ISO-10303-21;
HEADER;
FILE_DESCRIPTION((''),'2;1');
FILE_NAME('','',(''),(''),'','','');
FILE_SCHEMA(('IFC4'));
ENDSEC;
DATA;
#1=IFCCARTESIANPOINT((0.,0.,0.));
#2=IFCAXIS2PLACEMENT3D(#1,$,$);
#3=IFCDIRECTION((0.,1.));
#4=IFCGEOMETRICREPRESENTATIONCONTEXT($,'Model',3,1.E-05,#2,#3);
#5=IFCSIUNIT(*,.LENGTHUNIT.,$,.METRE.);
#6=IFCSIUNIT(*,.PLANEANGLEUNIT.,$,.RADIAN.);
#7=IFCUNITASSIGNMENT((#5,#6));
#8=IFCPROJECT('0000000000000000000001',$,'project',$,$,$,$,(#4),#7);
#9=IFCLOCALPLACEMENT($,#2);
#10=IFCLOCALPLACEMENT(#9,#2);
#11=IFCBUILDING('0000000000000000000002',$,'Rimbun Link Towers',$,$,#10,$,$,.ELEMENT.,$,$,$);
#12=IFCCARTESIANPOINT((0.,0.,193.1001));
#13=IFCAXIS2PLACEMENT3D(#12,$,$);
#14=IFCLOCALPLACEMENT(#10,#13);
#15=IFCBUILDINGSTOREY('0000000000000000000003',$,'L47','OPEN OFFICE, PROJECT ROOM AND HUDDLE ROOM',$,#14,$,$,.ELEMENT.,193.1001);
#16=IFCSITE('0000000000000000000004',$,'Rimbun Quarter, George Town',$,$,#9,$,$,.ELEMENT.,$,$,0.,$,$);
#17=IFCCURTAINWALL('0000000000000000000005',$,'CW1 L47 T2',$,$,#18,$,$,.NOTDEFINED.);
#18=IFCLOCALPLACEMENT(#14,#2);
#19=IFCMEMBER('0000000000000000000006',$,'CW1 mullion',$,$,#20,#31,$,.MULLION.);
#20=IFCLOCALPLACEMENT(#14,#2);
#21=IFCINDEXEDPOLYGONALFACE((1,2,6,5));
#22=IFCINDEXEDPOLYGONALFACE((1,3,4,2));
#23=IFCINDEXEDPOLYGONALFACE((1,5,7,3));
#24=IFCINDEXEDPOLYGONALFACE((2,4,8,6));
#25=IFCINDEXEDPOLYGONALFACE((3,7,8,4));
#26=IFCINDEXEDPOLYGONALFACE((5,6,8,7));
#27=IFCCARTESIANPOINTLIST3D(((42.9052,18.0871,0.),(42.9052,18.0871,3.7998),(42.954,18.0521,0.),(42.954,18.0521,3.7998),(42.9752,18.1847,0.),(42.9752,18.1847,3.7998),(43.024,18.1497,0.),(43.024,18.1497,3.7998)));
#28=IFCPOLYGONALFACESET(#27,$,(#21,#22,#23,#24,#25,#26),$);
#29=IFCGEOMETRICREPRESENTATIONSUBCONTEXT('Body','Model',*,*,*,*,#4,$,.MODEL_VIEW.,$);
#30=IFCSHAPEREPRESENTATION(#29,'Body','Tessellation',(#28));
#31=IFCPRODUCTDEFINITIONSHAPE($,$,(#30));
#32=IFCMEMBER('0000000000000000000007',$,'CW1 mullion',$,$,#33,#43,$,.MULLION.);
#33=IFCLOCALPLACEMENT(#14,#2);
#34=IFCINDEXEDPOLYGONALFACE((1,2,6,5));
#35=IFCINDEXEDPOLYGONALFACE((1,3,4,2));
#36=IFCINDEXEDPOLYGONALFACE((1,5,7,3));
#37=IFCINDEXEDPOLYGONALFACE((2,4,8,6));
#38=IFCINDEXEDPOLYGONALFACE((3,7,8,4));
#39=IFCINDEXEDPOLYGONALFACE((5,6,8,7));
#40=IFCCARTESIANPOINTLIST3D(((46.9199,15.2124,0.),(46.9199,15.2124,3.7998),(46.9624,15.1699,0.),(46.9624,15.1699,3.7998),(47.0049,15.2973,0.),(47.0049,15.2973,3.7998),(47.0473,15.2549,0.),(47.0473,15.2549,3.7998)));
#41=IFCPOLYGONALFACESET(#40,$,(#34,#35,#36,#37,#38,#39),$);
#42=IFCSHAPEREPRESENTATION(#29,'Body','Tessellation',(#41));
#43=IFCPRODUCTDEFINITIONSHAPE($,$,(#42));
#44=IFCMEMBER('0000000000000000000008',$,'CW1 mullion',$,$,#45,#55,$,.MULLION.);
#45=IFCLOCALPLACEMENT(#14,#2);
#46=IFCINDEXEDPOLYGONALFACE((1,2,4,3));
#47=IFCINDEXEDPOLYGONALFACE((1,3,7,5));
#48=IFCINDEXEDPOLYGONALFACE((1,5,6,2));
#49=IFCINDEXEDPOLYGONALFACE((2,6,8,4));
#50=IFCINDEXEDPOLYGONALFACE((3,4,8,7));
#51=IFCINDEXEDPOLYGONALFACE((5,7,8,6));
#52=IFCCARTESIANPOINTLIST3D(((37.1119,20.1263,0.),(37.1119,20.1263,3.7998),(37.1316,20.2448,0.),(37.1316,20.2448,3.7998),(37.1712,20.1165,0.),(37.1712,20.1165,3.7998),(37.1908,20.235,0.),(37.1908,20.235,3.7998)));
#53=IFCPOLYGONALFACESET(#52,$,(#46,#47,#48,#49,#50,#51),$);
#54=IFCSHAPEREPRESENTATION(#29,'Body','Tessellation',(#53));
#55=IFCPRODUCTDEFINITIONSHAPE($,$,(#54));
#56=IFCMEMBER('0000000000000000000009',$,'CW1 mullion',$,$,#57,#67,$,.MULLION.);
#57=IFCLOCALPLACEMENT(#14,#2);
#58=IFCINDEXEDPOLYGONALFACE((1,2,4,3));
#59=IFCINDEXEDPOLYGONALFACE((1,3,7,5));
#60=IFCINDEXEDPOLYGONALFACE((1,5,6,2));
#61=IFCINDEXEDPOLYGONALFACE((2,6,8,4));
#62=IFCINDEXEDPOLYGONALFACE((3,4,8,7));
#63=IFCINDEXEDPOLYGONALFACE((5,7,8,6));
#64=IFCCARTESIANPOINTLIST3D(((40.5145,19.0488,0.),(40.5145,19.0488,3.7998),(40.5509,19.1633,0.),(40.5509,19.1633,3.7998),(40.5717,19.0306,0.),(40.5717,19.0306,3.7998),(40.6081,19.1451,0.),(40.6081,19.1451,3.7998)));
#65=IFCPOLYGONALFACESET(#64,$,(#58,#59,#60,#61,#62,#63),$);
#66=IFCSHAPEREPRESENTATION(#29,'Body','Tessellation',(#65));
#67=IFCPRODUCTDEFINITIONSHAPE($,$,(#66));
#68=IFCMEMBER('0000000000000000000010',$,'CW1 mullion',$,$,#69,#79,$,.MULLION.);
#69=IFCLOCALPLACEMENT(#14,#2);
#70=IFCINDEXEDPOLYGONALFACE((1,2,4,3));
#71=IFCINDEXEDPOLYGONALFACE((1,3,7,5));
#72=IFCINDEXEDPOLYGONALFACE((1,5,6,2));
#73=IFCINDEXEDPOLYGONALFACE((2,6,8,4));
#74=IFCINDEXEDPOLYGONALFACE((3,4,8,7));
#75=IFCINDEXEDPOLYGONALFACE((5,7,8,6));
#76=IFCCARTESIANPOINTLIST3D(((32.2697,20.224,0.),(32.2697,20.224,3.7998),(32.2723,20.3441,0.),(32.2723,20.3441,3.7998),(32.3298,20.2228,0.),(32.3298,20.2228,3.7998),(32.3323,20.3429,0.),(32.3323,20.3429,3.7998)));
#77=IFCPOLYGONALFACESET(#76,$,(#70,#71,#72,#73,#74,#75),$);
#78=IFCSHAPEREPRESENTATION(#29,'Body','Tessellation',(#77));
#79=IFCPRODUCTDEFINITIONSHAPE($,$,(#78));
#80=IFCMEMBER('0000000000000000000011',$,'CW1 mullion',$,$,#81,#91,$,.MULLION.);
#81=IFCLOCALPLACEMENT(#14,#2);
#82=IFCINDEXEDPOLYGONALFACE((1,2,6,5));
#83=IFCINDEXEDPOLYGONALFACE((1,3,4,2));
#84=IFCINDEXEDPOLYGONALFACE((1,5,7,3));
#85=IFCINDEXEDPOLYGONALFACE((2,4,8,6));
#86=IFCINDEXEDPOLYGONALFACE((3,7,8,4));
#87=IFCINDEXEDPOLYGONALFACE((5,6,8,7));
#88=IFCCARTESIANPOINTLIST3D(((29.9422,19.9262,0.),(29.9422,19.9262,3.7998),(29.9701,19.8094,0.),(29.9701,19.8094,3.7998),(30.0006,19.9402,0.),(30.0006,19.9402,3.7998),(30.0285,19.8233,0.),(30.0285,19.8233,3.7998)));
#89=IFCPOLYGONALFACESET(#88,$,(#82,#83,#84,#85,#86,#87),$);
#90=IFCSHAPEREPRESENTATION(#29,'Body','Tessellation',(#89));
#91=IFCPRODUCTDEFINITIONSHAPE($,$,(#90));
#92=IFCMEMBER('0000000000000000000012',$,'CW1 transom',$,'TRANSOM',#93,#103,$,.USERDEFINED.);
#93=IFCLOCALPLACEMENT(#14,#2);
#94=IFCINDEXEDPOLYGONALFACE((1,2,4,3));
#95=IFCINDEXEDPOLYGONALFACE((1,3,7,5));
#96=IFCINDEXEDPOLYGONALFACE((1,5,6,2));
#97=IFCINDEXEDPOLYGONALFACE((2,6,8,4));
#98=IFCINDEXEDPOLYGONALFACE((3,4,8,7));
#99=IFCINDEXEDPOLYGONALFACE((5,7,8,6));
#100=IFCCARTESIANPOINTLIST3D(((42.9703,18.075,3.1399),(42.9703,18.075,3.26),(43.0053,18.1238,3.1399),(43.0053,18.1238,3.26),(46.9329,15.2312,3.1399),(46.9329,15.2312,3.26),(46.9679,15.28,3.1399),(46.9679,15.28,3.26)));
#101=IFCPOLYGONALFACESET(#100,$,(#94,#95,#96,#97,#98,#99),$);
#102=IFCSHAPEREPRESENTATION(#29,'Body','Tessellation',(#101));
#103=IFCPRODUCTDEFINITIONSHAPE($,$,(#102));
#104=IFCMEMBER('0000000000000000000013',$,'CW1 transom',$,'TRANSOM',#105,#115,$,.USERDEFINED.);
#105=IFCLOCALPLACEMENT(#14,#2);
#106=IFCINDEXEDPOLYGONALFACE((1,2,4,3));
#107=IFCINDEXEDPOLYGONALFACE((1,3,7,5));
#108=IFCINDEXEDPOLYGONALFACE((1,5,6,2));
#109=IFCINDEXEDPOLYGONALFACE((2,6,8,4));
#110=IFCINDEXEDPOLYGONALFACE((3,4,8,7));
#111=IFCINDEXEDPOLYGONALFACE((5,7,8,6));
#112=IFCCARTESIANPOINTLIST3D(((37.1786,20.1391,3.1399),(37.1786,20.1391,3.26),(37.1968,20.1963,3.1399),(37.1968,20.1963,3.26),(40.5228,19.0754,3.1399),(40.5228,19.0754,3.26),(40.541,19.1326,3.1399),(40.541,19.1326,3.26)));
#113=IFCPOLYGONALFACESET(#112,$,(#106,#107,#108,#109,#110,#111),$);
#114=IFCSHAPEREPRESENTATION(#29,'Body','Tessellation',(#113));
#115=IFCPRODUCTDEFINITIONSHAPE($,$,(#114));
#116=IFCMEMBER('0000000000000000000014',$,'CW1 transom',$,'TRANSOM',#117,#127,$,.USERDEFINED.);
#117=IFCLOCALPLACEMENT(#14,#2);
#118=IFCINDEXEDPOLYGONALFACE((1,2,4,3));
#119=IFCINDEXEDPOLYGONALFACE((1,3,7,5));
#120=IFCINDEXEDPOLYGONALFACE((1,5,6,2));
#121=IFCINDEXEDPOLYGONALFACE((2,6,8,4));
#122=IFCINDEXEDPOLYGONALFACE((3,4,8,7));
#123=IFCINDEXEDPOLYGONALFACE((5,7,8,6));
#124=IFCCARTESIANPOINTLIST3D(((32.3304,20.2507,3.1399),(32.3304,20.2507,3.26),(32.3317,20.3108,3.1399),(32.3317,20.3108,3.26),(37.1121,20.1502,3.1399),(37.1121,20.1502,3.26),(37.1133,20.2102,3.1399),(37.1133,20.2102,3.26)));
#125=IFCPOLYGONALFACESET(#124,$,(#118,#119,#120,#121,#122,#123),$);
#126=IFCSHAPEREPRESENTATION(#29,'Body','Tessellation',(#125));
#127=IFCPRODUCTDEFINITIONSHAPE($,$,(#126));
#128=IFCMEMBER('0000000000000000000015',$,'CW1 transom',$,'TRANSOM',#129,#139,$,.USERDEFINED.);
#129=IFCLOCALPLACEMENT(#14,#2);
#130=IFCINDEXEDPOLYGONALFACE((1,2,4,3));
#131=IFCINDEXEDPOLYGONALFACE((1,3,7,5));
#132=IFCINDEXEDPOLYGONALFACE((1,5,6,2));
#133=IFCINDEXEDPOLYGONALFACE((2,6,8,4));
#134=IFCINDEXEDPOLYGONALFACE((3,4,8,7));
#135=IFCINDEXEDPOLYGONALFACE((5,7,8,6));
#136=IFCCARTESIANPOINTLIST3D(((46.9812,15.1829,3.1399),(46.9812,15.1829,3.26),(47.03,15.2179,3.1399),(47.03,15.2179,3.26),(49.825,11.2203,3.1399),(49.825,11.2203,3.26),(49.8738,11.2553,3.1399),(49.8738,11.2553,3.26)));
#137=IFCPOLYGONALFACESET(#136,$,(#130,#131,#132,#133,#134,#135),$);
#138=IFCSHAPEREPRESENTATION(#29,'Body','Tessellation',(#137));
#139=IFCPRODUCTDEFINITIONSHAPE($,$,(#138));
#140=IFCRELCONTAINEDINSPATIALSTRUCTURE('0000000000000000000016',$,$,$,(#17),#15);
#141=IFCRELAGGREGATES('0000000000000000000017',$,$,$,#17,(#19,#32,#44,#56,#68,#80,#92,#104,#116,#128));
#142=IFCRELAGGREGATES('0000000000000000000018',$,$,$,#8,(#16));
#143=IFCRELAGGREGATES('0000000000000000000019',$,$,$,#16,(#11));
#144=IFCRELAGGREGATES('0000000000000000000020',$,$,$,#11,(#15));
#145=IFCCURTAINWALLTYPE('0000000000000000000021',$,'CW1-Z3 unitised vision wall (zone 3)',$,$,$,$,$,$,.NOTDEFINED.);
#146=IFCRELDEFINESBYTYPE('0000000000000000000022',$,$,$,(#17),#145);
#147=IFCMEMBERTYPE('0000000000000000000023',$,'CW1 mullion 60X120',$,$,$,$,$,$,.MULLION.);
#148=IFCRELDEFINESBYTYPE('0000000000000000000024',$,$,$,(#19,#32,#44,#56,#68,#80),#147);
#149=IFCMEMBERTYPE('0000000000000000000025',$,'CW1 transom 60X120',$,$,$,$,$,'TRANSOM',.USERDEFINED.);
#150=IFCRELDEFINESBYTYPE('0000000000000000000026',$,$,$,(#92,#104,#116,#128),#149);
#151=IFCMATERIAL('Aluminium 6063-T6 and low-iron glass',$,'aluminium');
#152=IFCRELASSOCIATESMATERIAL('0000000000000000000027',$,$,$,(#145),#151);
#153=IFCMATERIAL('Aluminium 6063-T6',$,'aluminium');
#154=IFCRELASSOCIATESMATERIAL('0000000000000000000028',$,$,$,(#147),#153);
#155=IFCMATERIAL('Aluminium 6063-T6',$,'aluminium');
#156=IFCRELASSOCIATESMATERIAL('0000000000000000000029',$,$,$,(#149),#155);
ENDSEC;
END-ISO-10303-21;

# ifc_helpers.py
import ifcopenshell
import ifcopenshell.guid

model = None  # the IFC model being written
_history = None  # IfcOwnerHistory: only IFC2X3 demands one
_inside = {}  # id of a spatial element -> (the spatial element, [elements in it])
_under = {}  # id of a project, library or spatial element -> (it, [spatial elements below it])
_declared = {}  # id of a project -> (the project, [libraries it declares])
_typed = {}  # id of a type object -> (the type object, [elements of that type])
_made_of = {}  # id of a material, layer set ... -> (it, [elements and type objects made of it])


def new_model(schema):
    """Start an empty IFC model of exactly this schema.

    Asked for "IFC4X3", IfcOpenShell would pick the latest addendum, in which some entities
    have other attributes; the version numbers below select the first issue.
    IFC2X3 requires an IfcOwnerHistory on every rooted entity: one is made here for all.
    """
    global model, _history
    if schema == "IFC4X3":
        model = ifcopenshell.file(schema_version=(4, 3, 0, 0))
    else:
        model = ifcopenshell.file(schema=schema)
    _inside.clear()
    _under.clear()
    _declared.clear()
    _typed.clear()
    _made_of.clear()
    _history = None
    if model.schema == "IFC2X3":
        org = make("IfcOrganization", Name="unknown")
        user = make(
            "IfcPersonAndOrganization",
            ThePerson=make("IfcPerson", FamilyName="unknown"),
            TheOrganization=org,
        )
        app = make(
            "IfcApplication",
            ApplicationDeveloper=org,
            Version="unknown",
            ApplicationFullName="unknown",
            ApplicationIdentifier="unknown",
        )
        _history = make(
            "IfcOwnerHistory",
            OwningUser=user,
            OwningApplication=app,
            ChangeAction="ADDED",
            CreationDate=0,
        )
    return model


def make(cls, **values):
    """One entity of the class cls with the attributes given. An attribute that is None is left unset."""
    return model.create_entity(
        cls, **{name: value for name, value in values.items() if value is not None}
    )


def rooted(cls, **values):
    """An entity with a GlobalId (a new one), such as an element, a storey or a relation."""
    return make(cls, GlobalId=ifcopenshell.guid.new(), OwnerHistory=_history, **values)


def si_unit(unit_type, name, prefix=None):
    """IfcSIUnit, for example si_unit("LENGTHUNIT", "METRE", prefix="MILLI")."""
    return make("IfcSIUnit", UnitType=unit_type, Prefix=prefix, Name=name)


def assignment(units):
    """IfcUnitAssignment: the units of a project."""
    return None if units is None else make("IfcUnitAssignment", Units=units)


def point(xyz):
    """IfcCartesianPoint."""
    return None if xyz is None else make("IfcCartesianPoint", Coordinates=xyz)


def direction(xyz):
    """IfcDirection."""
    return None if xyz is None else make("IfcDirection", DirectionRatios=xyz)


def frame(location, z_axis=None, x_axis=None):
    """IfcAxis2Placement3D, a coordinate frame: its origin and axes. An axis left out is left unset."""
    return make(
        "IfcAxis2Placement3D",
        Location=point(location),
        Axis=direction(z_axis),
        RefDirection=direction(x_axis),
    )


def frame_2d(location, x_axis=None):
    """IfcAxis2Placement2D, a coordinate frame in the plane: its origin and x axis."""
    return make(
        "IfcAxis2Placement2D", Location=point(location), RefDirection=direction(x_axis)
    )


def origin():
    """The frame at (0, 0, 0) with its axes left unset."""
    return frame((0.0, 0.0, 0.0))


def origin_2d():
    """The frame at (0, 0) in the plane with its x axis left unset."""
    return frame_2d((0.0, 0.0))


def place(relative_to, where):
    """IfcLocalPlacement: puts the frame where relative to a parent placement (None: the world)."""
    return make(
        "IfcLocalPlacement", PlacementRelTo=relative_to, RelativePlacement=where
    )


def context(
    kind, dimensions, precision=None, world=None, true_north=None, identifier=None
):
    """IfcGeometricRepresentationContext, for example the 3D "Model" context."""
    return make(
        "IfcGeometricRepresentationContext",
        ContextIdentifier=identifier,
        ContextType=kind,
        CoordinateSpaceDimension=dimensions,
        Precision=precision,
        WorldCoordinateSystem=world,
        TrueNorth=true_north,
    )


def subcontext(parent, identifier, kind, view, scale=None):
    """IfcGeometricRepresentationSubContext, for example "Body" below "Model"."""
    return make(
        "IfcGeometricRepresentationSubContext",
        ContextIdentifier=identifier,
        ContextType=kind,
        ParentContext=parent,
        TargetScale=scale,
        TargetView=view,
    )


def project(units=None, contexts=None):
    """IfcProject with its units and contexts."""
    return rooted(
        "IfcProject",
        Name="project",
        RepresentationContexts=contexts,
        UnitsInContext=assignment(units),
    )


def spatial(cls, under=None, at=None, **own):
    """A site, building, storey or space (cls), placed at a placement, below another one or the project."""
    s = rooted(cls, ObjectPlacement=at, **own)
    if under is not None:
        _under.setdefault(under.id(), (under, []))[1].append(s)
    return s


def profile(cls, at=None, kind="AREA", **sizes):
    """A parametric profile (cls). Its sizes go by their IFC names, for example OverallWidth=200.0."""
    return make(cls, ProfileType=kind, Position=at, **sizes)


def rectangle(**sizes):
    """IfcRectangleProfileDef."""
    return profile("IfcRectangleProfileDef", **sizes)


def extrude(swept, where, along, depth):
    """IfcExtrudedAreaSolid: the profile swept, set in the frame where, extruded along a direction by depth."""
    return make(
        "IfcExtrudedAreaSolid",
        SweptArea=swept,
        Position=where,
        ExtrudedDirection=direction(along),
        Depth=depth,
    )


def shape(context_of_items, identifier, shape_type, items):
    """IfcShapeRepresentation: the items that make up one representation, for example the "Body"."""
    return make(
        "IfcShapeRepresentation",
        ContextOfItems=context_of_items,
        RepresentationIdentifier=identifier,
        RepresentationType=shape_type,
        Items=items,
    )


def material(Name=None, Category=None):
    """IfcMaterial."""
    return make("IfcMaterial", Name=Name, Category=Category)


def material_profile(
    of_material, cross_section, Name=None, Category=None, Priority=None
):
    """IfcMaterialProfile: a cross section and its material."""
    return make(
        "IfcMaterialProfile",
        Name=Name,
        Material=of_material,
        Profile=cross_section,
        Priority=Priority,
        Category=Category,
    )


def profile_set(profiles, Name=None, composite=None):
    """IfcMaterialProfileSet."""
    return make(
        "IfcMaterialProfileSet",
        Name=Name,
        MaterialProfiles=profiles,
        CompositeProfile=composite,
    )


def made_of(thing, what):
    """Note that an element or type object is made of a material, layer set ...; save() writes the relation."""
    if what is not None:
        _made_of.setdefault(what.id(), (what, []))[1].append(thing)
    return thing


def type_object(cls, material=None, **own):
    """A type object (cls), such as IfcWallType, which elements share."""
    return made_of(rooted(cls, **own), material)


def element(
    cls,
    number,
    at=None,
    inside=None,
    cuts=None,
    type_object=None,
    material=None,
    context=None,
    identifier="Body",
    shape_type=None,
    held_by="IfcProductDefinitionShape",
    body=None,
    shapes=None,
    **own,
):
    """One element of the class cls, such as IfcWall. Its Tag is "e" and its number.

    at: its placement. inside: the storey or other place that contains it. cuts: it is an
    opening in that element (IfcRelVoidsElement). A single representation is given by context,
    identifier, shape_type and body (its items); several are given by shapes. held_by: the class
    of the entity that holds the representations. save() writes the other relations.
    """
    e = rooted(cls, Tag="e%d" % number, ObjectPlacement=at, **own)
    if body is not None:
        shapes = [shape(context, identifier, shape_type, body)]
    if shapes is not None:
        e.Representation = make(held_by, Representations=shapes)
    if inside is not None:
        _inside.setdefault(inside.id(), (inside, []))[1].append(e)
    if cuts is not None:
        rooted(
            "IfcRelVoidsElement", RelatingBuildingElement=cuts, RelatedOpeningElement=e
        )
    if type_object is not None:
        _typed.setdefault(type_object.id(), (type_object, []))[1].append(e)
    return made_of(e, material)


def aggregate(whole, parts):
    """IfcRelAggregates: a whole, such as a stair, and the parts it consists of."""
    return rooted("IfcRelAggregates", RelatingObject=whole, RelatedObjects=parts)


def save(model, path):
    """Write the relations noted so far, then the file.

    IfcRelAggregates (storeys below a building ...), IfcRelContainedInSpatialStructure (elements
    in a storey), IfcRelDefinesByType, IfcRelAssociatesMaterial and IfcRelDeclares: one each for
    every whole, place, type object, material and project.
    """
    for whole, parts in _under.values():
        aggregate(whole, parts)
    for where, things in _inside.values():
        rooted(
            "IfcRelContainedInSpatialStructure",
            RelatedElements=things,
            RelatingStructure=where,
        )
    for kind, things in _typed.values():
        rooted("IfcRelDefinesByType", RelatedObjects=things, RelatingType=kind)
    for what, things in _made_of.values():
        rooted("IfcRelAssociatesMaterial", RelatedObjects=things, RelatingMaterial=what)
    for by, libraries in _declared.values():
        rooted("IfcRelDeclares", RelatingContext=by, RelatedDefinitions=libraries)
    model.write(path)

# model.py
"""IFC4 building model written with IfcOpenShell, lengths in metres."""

from ifc_helpers import new_model, si_unit, direction, frame, origin, origin_2d, place, context, subcontext, project, spatial, rectangle, extrude, material, material_profile, profile_set, type_object, element, aggregate, save


model = new_model("IFC4")

# Units and contexts
model_context = context("Model", 3, precision=1e-05, world=origin(), true_north=direction((0.0, 1.0)))
body_context = subcontext(model_context, "Body", "Model", "MODEL_VIEW")
ifc_project = project(units=[si_unit("LENGTHUNIT", "METRE"), si_unit("PLANEANGLEUNIT", "RADIAN")], contexts=[model_context])

# Site, building, storey
site_placement = place(None, origin())
site = spatial("IfcSite", under=ifc_project, at=site_placement, Name="Rimbun Quarter, George Town", CompositionType="ELEMENT", RefElevation=0.0)
building_placement = place(site_placement, origin())
building = spatial("IfcBuilding", under=site, at=building_placement, Name="Rimbun Link Towers", CompositionType="ELEMENT")
storey_placement = place(building_placement, frame((0.0, 0.0, 193.1001)))
storey = spatial("IfcBuildingStorey", under=building, at=storey_placement, Name="L47", Description="OPEN OFFICE, PROJECT ROOM AND HUDDLE ROOM", CompositionType="ELEMENT", Elevation=193.1001)

# Curtain wall, members
ifc_material_1 = material(Name="Aluminium 6063-T6 and low-iron glass", Category="aluminium")
curtain_wall_type = type_object("IfcCurtainWallType", Name="CW1-Z3 unitised vision wall (zone 3)", PredefinedType="NOTDEFINED", material=ifc_material_1)
curtain_wall_placement = place(storey_placement, origin())
curtain_wall = element("IfcCurtainWall", 1, at=curtain_wall_placement, inside=storey, type_object=curtain_wall_type, Name="CW1 L47 T2", PredefinedType="NOTDEFINED")
ifc_material_2 = material(Name="Aluminium 6063-T6", Category="aluminium")
ifc_material_profile_1 = material_profile(ifc_material_2, rectangle(XDim=0.1201, YDim=0.0601, at=origin_2d()), Name="MULLION 60X120")
ifc_profile_set_1 = profile_set([ifc_material_profile_1], Name="Aluminium 6063-T6")
member_type_1 = type_object("IfcMemberType", Name="CW1 mullion 60X120", PredefinedType="MULLION", material=ifc_profile_set_1)
member_1_placement = place(storey_placement, frame((42.9646, 18.1184, 0.0), z_axis=(0.0, 0.0, 1.0), x_axis=(0.583009, 0.812465, 0.0)))
member_1 = element("IfcMember", 2, at=member_1_placement, type_object=member_type_1, Name="CW1 mullion", PredefinedType="MULLION", context=body_context, shape_type="SweptSolid", body=[
    extrude(rectangle(XDim=0.1201, YDim=0.0601, at=origin_2d()), origin(), (0.0, 0.0, 1.0), 3.7998),
])
member_2_placement = place(storey_placement, frame((46.9836, 15.2336, 0.0), z_axis=(0.0, 0.0, 1.0), x_axis=(0.707107, 0.707107, 0.0)))
member_2 = element("IfcMember", 3, at=member_2_placement, type_object=member_type_1, Name="CW1 mullion", PredefinedType="MULLION", context=body_context, shape_type="SweptSolid", body=[
    extrude(rectangle(XDim=0.1201, YDim=0.0601, at=origin_2d()), origin(), (0.0, 0.0, 1.0), 3.7998),
])
member_3_placement = place(storey_placement, frame((37.1514, 20.1807, 0.0), z_axis=(0.0, 0.0, 1.0), x_axis=(0.16375, 0.986502, 0.0)))
member_3 = element("IfcMember", 4, at=member_3_placement, type_object=member_type_1, Name="CW1 mullion", PredefinedType="MULLION", context=body_context, shape_type="SweptSolid", body=[
    extrude(rectangle(XDim=0.1201, YDim=0.0601, at=origin_2d()), origin(), (0.0, 0.0, 1.0), 3.7998),
])
member_4_placement = place(storey_placement, frame((40.5613, 19.0969, 0.0), z_axis=(0.0, 0.0, 1.0), x_axis=(0.303071, 0.952968, 0.0)))
member_4 = element("IfcMember", 5, at=member_4_placement, type_object=member_type_1, Name="CW1 mullion", PredefinedType="MULLION", context=body_context, shape_type="SweptSolid", body=[
    extrude(rectangle(XDim=0.1201, YDim=0.0601, at=origin_2d()), origin(), (0.0, 0.0, 1.0), 3.7998),
])
member_5_placement = place(storey_placement, frame((32.301, 20.2834, 0.0), z_axis=(0.0, 0.0, 1.0), x_axis=(0.021066, 0.999778, 0.0)))
member_5 = element("IfcMember", 6, at=member_5_placement, type_object=member_type_1, Name="CW1 mullion", PredefinedType="MULLION", context=body_context, shape_type="SweptSolid", body=[
    extrude(rectangle(XDim=0.1201, YDim=0.0601, at=origin_2d()), origin(), (0.0, 0.0, 1.0), 3.7998),
])
member_6_placement = place(storey_placement, frame((29.9854, 19.8748, 0.0), z_axis=(0.0, 0.0, 1.0), x_axis=(-0.232616, 0.972569, 0.0)))
member_6 = element("IfcMember", 7, at=member_6_placement, type_object=member_type_1, Name="CW1 mullion", PredefinedType="MULLION", context=body_context, shape_type="SweptSolid", body=[
    extrude(rectangle(XDim=0.1201, YDim=0.0601, at=origin_2d()), origin(), (0.0, 0.0, 1.0), 3.7998),
])
ifc_material_3 = material(Name="Aluminium 6063-T6", Category="aluminium")
ifc_material_profile_2 = material_profile(ifc_material_3, rectangle(XDim=0.0601, YDim=0.1201, at=origin_2d()), Name="TRANSOM 60X120")
ifc_profile_set_2 = profile_set([ifc_material_profile_2], Name="Aluminium 6063-T6")
member_type_2 = type_object("IfcMemberType", Name="CW1 transom 60X120", ElementType="TRANSOM", PredefinedType="USERDEFINED", material=ifc_profile_set_2)
member_7_placement = place(storey_placement, frame((42.9878, 18.0994, 3.2), z_axis=(0.812443, -0.583041, 0.0), x_axis=(0.583041, 0.812443, 0.0)))
member_7 = element("IfcMember", 8, at=member_7_placement, type_object=member_type_2, Name="CW1 transom", ObjectType="TRANSOM", PredefinedType="USERDEFINED", context=body_context, shape_type="SweptSolid", body=[
    extrude(rectangle(XDim=0.0601, YDim=0.1201, at=origin_2d()), origin(), (0.0, 0.0, 1.0), 4.8774),
])
member_8_placement = place(storey_placement, frame((37.1877, 20.1677, 3.2), z_axis=(0.952955, -0.303112, 0.0), x_axis=(0.303112, 0.952955, 0.0)))
member_8 = element("IfcMember", 9, at=member_8_placement, type_object=member_type_2, Name="CW1 transom", ObjectType="TRANSOM", PredefinedType="USERDEFINED", context=body_context, shape_type="SweptSolid", body=[
    extrude(rectangle(XDim=0.0601, YDim=0.1201, at=origin_2d()), origin(), (0.0, 0.0, 1.0), 3.5093),
])
member_9_placement = place(storey_placement, frame((32.3311, 20.2808, 3.2), z_axis=(0.999779, -0.021031, 0.0), x_axis=(0.021031, 0.999779, 0.0)))
member_9 = element("IfcMember", 10, at=member_9_placement, type_object=member_type_2, Name="CW1 transom", ObjectType="TRANSOM", PredefinedType="USERDEFINED", context=body_context, shape_type="SweptSolid", body=[
    extrude(rectangle(XDim=0.0601, YDim=0.1201, at=origin_2d()), origin(), (0.0, 0.0, 1.0), 4.7827),
])
member_10_placement = place(storey_placement, frame((47.0056, 15.2004, 3.2), z_axis=(0.583041, -0.812443, 0.0), x_axis=(0.812443, 0.583041, 0.0)))
member_10 = element("IfcMember", 11, at=member_10_placement, type_object=member_type_2, Name="CW1 transom", ObjectType="TRANSOM", PredefinedType="USERDEFINED", context=body_context, shape_type="SweptSolid", body=[
    extrude(rectangle(XDim=0.0601, YDim=0.1201, at=origin_2d()), origin(), (0.0, 0.0, 1.0), 4.8774),
])

aggregate(curtain_wall, [member_1, member_2, member_3, member_4, member_5, member_6, member_7, member_8, member_9, member_10])

save(model, "model.ifc")
